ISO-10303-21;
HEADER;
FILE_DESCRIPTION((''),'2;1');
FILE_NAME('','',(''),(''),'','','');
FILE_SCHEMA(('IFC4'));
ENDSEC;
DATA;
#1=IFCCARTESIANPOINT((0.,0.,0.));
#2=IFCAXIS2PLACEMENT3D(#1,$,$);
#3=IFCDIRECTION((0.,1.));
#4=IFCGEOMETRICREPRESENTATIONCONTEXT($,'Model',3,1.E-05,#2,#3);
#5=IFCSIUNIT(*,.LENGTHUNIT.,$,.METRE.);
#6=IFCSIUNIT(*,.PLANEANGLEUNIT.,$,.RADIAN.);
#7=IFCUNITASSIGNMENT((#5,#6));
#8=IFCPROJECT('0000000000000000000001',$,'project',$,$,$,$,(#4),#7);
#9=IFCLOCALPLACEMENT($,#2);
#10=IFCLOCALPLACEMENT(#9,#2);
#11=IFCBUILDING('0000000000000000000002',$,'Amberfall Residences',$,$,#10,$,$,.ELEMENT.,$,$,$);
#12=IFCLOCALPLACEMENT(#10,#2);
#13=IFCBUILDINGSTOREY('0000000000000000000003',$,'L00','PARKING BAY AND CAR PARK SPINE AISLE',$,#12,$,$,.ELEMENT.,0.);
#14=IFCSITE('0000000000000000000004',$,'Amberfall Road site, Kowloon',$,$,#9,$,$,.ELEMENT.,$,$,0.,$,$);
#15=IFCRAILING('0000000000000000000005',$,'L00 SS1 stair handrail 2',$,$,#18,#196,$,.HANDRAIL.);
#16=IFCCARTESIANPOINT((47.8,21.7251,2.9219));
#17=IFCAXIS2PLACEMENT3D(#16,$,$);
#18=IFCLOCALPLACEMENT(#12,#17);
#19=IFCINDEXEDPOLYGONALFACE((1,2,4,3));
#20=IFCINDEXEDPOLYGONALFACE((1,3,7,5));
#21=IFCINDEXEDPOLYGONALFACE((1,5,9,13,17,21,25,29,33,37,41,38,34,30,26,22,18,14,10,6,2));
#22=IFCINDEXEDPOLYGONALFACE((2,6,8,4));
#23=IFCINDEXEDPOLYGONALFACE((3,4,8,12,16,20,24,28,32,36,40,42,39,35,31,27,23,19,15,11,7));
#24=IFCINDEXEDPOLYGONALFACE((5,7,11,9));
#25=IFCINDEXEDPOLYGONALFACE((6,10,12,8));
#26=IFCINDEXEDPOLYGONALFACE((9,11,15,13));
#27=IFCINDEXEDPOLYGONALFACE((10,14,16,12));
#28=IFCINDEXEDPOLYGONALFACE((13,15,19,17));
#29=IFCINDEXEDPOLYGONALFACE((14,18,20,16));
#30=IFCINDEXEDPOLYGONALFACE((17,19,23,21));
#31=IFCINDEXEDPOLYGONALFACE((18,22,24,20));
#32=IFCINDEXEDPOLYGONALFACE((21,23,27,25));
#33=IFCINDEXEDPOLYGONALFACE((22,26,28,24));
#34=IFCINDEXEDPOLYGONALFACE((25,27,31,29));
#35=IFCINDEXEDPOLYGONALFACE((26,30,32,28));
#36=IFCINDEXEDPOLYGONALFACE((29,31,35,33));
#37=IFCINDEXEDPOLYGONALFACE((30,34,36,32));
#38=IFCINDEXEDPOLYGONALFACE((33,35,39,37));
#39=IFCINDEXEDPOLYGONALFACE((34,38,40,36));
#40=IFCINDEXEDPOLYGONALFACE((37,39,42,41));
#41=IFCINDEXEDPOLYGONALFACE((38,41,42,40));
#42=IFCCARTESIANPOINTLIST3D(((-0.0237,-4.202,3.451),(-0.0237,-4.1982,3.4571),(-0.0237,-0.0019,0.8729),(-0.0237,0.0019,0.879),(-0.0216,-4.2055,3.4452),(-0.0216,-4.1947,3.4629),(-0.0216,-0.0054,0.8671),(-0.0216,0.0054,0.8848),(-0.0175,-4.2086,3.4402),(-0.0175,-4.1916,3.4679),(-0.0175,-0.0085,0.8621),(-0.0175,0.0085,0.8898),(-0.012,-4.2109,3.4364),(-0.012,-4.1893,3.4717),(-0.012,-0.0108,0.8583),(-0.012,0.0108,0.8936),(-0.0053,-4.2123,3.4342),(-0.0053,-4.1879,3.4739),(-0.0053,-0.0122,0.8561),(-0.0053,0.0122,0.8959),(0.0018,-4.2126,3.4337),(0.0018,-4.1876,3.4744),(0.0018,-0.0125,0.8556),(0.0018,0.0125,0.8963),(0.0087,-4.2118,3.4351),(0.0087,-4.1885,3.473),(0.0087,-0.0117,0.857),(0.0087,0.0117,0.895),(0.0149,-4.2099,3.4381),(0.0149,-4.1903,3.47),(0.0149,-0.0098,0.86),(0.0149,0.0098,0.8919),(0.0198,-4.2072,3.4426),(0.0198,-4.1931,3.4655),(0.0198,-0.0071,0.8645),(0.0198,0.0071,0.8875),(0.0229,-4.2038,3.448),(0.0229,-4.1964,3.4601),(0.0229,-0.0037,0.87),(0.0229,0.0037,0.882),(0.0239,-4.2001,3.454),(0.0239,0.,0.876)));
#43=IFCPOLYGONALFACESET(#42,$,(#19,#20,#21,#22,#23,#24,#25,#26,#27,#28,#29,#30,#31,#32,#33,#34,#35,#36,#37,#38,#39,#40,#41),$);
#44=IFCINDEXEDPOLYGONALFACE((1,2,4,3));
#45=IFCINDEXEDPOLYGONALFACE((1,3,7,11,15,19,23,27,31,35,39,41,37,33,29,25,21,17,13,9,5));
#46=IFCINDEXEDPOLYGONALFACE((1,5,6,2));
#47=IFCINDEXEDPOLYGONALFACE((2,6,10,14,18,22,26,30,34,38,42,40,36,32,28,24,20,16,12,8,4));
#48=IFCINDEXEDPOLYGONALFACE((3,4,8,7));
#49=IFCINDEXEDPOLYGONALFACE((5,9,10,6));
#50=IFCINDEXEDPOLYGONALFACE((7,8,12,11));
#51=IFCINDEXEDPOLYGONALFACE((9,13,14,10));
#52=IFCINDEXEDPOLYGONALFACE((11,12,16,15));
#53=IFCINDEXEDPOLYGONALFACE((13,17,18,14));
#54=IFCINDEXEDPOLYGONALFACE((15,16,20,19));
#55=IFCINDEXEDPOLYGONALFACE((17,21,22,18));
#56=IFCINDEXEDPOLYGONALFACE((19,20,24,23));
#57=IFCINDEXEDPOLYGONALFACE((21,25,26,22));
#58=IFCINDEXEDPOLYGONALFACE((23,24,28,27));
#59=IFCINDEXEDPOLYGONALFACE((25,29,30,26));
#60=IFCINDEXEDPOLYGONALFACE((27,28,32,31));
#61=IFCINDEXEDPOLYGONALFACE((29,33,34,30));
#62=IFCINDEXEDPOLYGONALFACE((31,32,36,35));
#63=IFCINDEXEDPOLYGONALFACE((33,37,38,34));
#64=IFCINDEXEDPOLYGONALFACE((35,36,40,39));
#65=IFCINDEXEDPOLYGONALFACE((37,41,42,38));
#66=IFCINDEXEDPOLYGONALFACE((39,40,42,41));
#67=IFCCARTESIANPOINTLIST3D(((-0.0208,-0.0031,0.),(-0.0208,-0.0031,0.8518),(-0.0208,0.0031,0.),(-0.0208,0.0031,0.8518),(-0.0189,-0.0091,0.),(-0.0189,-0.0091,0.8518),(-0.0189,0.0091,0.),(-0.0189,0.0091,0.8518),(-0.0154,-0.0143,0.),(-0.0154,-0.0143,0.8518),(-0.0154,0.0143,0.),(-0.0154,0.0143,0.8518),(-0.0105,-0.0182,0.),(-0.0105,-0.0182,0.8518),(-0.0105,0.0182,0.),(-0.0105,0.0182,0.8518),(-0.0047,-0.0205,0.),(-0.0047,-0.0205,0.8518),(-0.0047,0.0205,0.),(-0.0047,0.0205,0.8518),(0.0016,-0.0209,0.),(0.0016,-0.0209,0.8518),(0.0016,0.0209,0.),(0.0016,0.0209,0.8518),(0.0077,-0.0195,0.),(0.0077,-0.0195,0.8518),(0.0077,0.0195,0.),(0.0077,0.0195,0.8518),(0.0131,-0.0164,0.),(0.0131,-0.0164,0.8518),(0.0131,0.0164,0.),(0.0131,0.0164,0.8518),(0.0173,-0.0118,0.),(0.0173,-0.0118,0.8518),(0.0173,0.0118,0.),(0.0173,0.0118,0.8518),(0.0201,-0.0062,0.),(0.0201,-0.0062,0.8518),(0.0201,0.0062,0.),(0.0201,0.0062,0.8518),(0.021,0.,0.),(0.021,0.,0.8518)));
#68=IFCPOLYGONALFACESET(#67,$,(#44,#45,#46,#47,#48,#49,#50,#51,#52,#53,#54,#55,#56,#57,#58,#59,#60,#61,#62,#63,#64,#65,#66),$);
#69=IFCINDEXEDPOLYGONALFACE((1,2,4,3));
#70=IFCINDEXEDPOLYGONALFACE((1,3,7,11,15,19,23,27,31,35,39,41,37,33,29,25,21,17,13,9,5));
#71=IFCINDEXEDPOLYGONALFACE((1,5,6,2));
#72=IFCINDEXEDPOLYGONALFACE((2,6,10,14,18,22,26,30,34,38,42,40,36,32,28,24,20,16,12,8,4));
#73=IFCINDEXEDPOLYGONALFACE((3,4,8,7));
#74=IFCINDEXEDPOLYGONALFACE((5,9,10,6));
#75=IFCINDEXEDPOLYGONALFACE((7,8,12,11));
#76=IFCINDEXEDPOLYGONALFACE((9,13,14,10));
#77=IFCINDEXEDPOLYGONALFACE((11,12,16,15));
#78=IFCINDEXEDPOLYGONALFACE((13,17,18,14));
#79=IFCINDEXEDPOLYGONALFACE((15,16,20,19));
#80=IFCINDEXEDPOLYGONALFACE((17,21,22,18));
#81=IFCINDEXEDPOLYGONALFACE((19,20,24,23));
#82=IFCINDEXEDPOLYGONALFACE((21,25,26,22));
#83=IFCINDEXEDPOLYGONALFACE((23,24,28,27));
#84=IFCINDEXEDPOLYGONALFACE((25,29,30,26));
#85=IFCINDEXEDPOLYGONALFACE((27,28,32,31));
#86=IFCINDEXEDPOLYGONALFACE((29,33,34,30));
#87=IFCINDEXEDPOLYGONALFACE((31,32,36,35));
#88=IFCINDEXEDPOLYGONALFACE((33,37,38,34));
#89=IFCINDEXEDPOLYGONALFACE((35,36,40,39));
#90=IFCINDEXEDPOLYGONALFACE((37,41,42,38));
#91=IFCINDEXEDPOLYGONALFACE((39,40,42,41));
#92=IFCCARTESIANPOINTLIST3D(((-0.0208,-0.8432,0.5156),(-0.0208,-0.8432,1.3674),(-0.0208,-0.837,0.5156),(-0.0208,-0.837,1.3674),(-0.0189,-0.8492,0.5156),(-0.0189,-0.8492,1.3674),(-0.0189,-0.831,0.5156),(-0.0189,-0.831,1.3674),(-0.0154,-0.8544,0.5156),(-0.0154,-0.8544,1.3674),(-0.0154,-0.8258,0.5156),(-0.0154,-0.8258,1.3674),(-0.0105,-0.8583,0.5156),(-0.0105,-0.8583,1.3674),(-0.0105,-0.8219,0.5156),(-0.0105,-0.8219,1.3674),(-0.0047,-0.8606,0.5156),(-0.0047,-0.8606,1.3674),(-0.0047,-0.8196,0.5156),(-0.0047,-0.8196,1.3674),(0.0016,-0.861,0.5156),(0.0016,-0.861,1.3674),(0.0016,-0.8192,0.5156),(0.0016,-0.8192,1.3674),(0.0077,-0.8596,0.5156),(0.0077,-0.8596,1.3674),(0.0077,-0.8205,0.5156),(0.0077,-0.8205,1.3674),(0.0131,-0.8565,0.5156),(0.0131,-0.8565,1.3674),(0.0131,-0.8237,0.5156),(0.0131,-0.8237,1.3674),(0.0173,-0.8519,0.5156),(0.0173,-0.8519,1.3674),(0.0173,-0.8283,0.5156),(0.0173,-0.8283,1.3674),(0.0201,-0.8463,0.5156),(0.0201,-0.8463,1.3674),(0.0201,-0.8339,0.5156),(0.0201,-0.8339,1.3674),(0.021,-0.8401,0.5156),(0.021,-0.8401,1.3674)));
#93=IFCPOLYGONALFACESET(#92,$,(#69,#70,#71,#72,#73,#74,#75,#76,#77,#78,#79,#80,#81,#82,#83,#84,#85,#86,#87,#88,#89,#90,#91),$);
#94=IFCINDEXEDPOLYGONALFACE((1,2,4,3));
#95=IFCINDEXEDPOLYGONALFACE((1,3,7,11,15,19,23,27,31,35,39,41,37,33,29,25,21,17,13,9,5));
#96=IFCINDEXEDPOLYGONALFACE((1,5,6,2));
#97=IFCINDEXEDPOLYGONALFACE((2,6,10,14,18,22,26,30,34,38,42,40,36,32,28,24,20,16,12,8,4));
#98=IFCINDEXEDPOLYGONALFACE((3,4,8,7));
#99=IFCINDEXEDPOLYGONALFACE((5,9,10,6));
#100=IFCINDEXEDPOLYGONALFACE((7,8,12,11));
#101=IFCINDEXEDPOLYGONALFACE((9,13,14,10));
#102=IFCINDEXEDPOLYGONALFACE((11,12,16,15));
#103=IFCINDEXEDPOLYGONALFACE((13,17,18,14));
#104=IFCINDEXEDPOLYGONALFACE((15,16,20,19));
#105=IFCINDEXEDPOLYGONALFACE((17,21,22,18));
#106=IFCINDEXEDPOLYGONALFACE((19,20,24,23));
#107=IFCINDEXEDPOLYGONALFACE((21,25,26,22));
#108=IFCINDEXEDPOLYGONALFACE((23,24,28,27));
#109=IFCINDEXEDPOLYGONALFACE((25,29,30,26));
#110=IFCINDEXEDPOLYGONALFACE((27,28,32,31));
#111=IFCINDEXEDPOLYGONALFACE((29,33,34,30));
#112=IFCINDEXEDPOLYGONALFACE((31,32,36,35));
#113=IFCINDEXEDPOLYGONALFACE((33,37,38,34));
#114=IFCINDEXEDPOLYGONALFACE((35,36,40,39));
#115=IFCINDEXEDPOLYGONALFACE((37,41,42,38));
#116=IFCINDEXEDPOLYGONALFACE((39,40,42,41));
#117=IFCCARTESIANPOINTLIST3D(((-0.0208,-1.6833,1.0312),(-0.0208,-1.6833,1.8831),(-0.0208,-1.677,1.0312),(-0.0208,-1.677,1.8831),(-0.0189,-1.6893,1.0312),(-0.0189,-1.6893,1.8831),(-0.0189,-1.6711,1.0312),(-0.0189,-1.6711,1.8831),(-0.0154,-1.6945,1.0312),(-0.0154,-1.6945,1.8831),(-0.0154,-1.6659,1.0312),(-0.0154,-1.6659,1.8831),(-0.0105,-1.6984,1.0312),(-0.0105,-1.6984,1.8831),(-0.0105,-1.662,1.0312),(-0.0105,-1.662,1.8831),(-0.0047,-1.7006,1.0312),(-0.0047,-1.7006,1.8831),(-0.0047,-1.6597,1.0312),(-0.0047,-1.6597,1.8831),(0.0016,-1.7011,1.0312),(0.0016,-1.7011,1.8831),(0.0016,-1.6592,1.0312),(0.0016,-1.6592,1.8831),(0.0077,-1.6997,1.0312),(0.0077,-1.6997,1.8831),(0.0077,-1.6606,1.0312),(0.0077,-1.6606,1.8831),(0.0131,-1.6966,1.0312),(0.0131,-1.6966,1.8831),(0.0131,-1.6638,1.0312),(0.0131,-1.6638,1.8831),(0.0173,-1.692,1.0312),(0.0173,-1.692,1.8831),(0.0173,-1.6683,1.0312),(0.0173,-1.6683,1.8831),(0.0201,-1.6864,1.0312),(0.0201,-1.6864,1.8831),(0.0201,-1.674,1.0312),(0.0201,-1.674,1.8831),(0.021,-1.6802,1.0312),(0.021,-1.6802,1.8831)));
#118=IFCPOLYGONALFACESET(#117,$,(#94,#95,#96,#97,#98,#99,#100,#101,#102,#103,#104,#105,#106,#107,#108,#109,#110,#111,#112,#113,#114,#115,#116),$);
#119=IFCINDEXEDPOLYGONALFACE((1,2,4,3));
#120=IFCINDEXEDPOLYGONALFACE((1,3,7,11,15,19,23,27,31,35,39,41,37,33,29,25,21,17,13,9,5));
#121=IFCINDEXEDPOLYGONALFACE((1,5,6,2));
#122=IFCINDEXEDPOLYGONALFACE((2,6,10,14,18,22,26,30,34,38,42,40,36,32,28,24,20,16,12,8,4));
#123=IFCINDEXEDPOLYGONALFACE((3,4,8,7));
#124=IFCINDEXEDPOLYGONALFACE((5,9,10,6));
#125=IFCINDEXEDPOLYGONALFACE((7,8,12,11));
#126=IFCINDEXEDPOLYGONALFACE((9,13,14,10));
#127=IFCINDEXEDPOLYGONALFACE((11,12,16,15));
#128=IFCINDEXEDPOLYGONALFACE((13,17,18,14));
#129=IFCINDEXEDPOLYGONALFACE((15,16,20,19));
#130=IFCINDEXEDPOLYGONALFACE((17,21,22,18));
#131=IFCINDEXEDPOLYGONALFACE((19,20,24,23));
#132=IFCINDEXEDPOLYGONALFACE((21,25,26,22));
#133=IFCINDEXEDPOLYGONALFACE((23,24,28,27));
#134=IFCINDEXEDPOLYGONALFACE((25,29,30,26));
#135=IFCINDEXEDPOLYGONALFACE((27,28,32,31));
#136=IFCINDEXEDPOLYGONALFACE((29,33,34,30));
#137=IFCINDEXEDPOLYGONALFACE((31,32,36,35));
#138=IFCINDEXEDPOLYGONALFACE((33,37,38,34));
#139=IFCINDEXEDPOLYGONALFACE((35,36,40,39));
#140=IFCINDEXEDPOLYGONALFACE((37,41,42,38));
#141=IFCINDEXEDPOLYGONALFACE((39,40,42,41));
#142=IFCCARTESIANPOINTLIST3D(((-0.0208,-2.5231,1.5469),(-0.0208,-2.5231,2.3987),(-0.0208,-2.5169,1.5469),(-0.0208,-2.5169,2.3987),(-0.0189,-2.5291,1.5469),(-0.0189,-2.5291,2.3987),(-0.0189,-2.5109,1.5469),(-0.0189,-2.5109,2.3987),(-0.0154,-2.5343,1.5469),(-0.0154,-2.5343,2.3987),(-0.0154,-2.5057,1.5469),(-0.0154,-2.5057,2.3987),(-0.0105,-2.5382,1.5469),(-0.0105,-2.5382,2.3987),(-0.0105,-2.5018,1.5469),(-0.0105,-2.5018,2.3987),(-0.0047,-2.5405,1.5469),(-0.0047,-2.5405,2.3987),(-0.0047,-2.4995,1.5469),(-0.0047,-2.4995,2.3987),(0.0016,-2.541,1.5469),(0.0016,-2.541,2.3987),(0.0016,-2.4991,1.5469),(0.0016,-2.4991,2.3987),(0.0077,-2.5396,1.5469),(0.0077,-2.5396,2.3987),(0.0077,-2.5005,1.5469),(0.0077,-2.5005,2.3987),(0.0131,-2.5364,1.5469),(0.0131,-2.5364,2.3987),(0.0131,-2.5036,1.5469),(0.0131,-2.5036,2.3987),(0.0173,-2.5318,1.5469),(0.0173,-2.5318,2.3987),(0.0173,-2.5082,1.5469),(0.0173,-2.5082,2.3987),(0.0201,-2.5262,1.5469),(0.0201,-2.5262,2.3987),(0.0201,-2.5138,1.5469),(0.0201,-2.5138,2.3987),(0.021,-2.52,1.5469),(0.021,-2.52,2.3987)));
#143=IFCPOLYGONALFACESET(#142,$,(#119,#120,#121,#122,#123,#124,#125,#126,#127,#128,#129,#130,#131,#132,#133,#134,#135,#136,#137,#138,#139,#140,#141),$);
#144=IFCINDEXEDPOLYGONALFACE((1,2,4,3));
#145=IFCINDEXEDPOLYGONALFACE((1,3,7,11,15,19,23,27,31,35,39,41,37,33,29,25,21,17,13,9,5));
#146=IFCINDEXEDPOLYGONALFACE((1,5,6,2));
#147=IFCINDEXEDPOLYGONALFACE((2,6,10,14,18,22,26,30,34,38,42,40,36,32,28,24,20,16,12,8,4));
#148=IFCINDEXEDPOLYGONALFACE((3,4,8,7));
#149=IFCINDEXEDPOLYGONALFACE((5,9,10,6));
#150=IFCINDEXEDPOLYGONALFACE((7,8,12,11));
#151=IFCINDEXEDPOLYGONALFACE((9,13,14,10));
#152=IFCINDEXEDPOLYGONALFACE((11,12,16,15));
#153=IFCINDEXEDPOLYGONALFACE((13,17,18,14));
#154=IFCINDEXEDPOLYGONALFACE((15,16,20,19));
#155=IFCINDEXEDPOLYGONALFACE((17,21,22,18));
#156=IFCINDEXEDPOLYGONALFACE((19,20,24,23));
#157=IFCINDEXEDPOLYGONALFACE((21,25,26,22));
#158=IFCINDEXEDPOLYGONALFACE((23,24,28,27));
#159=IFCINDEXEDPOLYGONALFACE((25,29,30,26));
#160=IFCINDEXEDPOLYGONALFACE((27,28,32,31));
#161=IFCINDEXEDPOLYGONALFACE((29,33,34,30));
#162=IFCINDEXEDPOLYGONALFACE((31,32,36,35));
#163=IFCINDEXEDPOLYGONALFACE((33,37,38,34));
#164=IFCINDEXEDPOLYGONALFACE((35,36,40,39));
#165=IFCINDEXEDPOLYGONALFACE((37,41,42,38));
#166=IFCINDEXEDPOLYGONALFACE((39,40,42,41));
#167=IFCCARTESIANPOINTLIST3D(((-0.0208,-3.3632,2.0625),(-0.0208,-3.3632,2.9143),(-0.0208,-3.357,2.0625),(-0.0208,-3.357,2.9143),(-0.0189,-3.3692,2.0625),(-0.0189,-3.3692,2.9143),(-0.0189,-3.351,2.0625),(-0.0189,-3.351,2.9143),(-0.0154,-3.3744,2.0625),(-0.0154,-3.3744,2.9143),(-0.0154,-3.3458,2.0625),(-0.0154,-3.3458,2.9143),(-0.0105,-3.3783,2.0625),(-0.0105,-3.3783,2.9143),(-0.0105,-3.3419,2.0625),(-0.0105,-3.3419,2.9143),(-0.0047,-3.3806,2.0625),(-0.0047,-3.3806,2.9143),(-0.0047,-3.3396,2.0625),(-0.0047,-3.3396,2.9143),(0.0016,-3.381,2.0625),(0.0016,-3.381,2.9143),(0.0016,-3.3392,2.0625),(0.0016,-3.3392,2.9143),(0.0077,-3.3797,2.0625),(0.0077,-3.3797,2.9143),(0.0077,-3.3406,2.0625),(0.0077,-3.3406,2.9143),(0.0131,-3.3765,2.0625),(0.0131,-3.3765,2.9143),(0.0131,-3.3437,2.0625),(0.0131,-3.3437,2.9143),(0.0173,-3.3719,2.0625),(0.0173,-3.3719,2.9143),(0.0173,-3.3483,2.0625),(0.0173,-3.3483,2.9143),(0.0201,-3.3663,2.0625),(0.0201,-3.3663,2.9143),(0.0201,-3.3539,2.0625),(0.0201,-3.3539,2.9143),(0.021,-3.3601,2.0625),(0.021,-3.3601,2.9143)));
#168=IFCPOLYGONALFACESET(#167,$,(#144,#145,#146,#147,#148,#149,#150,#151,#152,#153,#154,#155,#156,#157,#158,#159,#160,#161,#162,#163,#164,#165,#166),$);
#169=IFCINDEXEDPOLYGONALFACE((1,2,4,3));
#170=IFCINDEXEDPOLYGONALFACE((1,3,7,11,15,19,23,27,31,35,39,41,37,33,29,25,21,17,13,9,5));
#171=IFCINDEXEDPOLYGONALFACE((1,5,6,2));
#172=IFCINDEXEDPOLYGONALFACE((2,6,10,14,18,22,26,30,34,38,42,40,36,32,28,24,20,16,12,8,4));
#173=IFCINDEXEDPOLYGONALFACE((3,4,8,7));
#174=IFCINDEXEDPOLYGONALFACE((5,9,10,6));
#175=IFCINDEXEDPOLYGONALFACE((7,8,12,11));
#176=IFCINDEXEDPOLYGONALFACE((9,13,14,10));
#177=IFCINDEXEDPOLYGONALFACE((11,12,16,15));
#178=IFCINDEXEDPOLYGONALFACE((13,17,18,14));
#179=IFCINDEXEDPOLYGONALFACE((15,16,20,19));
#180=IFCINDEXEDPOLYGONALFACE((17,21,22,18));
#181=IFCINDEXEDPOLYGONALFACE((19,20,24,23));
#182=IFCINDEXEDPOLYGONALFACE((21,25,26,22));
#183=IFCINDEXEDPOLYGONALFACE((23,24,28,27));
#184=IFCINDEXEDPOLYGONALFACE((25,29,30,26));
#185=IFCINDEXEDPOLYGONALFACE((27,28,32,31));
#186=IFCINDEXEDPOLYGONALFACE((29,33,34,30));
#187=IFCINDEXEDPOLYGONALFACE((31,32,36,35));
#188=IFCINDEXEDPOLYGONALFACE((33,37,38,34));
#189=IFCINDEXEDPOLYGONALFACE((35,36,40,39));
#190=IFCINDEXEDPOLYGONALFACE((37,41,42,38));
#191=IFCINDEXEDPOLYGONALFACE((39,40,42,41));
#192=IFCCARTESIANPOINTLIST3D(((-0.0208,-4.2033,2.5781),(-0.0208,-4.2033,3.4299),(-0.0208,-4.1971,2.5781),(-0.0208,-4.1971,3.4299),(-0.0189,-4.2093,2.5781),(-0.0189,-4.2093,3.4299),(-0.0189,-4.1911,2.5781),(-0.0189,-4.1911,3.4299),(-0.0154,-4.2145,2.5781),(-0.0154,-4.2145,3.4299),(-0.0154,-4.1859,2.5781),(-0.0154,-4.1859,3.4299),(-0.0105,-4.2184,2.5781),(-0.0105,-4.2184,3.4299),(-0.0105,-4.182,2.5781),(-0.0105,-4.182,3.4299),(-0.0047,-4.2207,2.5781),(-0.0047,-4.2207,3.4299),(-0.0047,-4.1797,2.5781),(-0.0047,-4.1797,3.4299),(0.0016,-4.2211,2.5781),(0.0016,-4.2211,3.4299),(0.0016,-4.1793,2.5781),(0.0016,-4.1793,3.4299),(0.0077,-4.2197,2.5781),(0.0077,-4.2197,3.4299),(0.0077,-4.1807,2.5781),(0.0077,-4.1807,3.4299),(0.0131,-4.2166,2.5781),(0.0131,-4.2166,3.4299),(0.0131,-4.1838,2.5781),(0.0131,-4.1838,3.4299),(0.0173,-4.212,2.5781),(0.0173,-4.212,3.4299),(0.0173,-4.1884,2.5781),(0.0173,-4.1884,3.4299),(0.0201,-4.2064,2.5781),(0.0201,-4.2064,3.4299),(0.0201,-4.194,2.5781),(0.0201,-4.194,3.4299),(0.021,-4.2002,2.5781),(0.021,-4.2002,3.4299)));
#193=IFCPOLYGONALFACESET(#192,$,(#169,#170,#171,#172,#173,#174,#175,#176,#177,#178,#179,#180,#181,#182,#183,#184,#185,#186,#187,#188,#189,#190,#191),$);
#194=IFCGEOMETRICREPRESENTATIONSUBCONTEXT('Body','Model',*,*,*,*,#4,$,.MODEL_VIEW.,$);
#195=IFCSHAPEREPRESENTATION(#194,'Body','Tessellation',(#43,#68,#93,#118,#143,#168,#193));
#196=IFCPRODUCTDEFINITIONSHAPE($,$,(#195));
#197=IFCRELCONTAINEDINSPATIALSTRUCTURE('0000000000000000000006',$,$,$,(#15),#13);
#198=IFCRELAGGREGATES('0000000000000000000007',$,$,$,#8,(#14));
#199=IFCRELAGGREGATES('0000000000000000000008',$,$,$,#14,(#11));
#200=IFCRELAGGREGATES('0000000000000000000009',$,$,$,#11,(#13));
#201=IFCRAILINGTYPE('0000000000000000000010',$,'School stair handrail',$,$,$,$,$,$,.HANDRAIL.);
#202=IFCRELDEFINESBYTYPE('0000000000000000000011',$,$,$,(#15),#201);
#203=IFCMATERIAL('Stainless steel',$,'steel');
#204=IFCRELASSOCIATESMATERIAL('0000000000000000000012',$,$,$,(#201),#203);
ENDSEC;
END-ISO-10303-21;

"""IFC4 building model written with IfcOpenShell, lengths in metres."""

from ifc_helpers import new_model, si_unit, direction, frame, origin, origin_2d, place, context, subcontext, project, spatial, circle, extrude, material, type_object, element, save


model = new_model("IFC4")

# Units and contexts
model_context = context("Model", 3, precision=1e-05, world=origin(), true_north=direction((0.0, 1.0)))
body_context = subcontext(model_context, "Body", "Model", "MODEL_VIEW")
ifc_project = project(units=[si_unit("LENGTHUNIT", "METRE"), si_unit("PLANEANGLEUNIT", "RADIAN")], contexts=[model_context])

# Site, building, storey
site_placement = place(None, origin())
site = spatial("IfcSite", under=ifc_project, at=site_placement, Name="Amberfall Road site, Kowloon", CompositionType="ELEMENT", RefElevation=0.0)
building_placement = place(site_placement, origin())
building = spatial("IfcBuilding", under=site, at=building_placement, Name="Amberfall Residences", CompositionType="ELEMENT")
storey_placement = place(building_placement, origin())
storey = spatial("IfcBuildingStorey", under=building, at=storey_placement, Name="L00", Description="PARKING BAY AND CAR PARK SPINE AISLE", CompositionType="ELEMENT", Elevation=0.0)

# Railing
ifc_material_1 = material(Name="Stainless steel", Category="steel")
railing_type = type_object("IfcRailingType", Name="School stair handrail", PredefinedType="HANDRAIL", material=ifc_material_1)
railing_placement = place(storey_placement, frame((47.8, 21.7251, 2.9219)))
element("IfcRailing", 1, at=railing_placement, inside=storey, type_object=railing_type, Name="L00 SS1 stair handrail 2", PredefinedType="HANDRAIL", context=body_context, shape_type="SweptSolid", body=[
    extrude(circle(Radius=0.0239, at=origin_2d()), frame((0.0, 0.0, 0.876), z_axis=(0.0, -0.852256, 0.523124), x_axis=(1.0, 0.0, 0.0)), (0.0, 0.0, 1.0), 4.9282),
    extrude(circle(Radius=0.021, at=origin_2d()), origin(), (0.0, 0.0, 1.0), 0.8518),
    extrude(circle(Radius=0.021, at=origin_2d()), frame((0.0, -0.8401, 0.5156)), (0.0, 0.0, 1.0), 0.8518),
    extrude(circle(Radius=0.021, at=origin_2d()), frame((0.0, -1.6802, 1.0312)), (0.0, 0.0, 1.0), 0.8518),
    extrude(circle(Radius=0.021, at=origin_2d()), frame((0.0, -2.52, 1.5469)), (0.0, 0.0, 1.0), 0.8518),
    extrude(circle(Radius=0.021, at=origin_2d()), frame((0.0, -3.3601, 2.0625)), (0.0, 0.0, 1.0), 0.8518),
    extrude(circle(Radius=0.021, at=origin_2d()), frame((0.0, -4.2002, 2.5781)), (0.0, 0.0, 1.0), 0.8518),
])

save(model, "model.ifc")
